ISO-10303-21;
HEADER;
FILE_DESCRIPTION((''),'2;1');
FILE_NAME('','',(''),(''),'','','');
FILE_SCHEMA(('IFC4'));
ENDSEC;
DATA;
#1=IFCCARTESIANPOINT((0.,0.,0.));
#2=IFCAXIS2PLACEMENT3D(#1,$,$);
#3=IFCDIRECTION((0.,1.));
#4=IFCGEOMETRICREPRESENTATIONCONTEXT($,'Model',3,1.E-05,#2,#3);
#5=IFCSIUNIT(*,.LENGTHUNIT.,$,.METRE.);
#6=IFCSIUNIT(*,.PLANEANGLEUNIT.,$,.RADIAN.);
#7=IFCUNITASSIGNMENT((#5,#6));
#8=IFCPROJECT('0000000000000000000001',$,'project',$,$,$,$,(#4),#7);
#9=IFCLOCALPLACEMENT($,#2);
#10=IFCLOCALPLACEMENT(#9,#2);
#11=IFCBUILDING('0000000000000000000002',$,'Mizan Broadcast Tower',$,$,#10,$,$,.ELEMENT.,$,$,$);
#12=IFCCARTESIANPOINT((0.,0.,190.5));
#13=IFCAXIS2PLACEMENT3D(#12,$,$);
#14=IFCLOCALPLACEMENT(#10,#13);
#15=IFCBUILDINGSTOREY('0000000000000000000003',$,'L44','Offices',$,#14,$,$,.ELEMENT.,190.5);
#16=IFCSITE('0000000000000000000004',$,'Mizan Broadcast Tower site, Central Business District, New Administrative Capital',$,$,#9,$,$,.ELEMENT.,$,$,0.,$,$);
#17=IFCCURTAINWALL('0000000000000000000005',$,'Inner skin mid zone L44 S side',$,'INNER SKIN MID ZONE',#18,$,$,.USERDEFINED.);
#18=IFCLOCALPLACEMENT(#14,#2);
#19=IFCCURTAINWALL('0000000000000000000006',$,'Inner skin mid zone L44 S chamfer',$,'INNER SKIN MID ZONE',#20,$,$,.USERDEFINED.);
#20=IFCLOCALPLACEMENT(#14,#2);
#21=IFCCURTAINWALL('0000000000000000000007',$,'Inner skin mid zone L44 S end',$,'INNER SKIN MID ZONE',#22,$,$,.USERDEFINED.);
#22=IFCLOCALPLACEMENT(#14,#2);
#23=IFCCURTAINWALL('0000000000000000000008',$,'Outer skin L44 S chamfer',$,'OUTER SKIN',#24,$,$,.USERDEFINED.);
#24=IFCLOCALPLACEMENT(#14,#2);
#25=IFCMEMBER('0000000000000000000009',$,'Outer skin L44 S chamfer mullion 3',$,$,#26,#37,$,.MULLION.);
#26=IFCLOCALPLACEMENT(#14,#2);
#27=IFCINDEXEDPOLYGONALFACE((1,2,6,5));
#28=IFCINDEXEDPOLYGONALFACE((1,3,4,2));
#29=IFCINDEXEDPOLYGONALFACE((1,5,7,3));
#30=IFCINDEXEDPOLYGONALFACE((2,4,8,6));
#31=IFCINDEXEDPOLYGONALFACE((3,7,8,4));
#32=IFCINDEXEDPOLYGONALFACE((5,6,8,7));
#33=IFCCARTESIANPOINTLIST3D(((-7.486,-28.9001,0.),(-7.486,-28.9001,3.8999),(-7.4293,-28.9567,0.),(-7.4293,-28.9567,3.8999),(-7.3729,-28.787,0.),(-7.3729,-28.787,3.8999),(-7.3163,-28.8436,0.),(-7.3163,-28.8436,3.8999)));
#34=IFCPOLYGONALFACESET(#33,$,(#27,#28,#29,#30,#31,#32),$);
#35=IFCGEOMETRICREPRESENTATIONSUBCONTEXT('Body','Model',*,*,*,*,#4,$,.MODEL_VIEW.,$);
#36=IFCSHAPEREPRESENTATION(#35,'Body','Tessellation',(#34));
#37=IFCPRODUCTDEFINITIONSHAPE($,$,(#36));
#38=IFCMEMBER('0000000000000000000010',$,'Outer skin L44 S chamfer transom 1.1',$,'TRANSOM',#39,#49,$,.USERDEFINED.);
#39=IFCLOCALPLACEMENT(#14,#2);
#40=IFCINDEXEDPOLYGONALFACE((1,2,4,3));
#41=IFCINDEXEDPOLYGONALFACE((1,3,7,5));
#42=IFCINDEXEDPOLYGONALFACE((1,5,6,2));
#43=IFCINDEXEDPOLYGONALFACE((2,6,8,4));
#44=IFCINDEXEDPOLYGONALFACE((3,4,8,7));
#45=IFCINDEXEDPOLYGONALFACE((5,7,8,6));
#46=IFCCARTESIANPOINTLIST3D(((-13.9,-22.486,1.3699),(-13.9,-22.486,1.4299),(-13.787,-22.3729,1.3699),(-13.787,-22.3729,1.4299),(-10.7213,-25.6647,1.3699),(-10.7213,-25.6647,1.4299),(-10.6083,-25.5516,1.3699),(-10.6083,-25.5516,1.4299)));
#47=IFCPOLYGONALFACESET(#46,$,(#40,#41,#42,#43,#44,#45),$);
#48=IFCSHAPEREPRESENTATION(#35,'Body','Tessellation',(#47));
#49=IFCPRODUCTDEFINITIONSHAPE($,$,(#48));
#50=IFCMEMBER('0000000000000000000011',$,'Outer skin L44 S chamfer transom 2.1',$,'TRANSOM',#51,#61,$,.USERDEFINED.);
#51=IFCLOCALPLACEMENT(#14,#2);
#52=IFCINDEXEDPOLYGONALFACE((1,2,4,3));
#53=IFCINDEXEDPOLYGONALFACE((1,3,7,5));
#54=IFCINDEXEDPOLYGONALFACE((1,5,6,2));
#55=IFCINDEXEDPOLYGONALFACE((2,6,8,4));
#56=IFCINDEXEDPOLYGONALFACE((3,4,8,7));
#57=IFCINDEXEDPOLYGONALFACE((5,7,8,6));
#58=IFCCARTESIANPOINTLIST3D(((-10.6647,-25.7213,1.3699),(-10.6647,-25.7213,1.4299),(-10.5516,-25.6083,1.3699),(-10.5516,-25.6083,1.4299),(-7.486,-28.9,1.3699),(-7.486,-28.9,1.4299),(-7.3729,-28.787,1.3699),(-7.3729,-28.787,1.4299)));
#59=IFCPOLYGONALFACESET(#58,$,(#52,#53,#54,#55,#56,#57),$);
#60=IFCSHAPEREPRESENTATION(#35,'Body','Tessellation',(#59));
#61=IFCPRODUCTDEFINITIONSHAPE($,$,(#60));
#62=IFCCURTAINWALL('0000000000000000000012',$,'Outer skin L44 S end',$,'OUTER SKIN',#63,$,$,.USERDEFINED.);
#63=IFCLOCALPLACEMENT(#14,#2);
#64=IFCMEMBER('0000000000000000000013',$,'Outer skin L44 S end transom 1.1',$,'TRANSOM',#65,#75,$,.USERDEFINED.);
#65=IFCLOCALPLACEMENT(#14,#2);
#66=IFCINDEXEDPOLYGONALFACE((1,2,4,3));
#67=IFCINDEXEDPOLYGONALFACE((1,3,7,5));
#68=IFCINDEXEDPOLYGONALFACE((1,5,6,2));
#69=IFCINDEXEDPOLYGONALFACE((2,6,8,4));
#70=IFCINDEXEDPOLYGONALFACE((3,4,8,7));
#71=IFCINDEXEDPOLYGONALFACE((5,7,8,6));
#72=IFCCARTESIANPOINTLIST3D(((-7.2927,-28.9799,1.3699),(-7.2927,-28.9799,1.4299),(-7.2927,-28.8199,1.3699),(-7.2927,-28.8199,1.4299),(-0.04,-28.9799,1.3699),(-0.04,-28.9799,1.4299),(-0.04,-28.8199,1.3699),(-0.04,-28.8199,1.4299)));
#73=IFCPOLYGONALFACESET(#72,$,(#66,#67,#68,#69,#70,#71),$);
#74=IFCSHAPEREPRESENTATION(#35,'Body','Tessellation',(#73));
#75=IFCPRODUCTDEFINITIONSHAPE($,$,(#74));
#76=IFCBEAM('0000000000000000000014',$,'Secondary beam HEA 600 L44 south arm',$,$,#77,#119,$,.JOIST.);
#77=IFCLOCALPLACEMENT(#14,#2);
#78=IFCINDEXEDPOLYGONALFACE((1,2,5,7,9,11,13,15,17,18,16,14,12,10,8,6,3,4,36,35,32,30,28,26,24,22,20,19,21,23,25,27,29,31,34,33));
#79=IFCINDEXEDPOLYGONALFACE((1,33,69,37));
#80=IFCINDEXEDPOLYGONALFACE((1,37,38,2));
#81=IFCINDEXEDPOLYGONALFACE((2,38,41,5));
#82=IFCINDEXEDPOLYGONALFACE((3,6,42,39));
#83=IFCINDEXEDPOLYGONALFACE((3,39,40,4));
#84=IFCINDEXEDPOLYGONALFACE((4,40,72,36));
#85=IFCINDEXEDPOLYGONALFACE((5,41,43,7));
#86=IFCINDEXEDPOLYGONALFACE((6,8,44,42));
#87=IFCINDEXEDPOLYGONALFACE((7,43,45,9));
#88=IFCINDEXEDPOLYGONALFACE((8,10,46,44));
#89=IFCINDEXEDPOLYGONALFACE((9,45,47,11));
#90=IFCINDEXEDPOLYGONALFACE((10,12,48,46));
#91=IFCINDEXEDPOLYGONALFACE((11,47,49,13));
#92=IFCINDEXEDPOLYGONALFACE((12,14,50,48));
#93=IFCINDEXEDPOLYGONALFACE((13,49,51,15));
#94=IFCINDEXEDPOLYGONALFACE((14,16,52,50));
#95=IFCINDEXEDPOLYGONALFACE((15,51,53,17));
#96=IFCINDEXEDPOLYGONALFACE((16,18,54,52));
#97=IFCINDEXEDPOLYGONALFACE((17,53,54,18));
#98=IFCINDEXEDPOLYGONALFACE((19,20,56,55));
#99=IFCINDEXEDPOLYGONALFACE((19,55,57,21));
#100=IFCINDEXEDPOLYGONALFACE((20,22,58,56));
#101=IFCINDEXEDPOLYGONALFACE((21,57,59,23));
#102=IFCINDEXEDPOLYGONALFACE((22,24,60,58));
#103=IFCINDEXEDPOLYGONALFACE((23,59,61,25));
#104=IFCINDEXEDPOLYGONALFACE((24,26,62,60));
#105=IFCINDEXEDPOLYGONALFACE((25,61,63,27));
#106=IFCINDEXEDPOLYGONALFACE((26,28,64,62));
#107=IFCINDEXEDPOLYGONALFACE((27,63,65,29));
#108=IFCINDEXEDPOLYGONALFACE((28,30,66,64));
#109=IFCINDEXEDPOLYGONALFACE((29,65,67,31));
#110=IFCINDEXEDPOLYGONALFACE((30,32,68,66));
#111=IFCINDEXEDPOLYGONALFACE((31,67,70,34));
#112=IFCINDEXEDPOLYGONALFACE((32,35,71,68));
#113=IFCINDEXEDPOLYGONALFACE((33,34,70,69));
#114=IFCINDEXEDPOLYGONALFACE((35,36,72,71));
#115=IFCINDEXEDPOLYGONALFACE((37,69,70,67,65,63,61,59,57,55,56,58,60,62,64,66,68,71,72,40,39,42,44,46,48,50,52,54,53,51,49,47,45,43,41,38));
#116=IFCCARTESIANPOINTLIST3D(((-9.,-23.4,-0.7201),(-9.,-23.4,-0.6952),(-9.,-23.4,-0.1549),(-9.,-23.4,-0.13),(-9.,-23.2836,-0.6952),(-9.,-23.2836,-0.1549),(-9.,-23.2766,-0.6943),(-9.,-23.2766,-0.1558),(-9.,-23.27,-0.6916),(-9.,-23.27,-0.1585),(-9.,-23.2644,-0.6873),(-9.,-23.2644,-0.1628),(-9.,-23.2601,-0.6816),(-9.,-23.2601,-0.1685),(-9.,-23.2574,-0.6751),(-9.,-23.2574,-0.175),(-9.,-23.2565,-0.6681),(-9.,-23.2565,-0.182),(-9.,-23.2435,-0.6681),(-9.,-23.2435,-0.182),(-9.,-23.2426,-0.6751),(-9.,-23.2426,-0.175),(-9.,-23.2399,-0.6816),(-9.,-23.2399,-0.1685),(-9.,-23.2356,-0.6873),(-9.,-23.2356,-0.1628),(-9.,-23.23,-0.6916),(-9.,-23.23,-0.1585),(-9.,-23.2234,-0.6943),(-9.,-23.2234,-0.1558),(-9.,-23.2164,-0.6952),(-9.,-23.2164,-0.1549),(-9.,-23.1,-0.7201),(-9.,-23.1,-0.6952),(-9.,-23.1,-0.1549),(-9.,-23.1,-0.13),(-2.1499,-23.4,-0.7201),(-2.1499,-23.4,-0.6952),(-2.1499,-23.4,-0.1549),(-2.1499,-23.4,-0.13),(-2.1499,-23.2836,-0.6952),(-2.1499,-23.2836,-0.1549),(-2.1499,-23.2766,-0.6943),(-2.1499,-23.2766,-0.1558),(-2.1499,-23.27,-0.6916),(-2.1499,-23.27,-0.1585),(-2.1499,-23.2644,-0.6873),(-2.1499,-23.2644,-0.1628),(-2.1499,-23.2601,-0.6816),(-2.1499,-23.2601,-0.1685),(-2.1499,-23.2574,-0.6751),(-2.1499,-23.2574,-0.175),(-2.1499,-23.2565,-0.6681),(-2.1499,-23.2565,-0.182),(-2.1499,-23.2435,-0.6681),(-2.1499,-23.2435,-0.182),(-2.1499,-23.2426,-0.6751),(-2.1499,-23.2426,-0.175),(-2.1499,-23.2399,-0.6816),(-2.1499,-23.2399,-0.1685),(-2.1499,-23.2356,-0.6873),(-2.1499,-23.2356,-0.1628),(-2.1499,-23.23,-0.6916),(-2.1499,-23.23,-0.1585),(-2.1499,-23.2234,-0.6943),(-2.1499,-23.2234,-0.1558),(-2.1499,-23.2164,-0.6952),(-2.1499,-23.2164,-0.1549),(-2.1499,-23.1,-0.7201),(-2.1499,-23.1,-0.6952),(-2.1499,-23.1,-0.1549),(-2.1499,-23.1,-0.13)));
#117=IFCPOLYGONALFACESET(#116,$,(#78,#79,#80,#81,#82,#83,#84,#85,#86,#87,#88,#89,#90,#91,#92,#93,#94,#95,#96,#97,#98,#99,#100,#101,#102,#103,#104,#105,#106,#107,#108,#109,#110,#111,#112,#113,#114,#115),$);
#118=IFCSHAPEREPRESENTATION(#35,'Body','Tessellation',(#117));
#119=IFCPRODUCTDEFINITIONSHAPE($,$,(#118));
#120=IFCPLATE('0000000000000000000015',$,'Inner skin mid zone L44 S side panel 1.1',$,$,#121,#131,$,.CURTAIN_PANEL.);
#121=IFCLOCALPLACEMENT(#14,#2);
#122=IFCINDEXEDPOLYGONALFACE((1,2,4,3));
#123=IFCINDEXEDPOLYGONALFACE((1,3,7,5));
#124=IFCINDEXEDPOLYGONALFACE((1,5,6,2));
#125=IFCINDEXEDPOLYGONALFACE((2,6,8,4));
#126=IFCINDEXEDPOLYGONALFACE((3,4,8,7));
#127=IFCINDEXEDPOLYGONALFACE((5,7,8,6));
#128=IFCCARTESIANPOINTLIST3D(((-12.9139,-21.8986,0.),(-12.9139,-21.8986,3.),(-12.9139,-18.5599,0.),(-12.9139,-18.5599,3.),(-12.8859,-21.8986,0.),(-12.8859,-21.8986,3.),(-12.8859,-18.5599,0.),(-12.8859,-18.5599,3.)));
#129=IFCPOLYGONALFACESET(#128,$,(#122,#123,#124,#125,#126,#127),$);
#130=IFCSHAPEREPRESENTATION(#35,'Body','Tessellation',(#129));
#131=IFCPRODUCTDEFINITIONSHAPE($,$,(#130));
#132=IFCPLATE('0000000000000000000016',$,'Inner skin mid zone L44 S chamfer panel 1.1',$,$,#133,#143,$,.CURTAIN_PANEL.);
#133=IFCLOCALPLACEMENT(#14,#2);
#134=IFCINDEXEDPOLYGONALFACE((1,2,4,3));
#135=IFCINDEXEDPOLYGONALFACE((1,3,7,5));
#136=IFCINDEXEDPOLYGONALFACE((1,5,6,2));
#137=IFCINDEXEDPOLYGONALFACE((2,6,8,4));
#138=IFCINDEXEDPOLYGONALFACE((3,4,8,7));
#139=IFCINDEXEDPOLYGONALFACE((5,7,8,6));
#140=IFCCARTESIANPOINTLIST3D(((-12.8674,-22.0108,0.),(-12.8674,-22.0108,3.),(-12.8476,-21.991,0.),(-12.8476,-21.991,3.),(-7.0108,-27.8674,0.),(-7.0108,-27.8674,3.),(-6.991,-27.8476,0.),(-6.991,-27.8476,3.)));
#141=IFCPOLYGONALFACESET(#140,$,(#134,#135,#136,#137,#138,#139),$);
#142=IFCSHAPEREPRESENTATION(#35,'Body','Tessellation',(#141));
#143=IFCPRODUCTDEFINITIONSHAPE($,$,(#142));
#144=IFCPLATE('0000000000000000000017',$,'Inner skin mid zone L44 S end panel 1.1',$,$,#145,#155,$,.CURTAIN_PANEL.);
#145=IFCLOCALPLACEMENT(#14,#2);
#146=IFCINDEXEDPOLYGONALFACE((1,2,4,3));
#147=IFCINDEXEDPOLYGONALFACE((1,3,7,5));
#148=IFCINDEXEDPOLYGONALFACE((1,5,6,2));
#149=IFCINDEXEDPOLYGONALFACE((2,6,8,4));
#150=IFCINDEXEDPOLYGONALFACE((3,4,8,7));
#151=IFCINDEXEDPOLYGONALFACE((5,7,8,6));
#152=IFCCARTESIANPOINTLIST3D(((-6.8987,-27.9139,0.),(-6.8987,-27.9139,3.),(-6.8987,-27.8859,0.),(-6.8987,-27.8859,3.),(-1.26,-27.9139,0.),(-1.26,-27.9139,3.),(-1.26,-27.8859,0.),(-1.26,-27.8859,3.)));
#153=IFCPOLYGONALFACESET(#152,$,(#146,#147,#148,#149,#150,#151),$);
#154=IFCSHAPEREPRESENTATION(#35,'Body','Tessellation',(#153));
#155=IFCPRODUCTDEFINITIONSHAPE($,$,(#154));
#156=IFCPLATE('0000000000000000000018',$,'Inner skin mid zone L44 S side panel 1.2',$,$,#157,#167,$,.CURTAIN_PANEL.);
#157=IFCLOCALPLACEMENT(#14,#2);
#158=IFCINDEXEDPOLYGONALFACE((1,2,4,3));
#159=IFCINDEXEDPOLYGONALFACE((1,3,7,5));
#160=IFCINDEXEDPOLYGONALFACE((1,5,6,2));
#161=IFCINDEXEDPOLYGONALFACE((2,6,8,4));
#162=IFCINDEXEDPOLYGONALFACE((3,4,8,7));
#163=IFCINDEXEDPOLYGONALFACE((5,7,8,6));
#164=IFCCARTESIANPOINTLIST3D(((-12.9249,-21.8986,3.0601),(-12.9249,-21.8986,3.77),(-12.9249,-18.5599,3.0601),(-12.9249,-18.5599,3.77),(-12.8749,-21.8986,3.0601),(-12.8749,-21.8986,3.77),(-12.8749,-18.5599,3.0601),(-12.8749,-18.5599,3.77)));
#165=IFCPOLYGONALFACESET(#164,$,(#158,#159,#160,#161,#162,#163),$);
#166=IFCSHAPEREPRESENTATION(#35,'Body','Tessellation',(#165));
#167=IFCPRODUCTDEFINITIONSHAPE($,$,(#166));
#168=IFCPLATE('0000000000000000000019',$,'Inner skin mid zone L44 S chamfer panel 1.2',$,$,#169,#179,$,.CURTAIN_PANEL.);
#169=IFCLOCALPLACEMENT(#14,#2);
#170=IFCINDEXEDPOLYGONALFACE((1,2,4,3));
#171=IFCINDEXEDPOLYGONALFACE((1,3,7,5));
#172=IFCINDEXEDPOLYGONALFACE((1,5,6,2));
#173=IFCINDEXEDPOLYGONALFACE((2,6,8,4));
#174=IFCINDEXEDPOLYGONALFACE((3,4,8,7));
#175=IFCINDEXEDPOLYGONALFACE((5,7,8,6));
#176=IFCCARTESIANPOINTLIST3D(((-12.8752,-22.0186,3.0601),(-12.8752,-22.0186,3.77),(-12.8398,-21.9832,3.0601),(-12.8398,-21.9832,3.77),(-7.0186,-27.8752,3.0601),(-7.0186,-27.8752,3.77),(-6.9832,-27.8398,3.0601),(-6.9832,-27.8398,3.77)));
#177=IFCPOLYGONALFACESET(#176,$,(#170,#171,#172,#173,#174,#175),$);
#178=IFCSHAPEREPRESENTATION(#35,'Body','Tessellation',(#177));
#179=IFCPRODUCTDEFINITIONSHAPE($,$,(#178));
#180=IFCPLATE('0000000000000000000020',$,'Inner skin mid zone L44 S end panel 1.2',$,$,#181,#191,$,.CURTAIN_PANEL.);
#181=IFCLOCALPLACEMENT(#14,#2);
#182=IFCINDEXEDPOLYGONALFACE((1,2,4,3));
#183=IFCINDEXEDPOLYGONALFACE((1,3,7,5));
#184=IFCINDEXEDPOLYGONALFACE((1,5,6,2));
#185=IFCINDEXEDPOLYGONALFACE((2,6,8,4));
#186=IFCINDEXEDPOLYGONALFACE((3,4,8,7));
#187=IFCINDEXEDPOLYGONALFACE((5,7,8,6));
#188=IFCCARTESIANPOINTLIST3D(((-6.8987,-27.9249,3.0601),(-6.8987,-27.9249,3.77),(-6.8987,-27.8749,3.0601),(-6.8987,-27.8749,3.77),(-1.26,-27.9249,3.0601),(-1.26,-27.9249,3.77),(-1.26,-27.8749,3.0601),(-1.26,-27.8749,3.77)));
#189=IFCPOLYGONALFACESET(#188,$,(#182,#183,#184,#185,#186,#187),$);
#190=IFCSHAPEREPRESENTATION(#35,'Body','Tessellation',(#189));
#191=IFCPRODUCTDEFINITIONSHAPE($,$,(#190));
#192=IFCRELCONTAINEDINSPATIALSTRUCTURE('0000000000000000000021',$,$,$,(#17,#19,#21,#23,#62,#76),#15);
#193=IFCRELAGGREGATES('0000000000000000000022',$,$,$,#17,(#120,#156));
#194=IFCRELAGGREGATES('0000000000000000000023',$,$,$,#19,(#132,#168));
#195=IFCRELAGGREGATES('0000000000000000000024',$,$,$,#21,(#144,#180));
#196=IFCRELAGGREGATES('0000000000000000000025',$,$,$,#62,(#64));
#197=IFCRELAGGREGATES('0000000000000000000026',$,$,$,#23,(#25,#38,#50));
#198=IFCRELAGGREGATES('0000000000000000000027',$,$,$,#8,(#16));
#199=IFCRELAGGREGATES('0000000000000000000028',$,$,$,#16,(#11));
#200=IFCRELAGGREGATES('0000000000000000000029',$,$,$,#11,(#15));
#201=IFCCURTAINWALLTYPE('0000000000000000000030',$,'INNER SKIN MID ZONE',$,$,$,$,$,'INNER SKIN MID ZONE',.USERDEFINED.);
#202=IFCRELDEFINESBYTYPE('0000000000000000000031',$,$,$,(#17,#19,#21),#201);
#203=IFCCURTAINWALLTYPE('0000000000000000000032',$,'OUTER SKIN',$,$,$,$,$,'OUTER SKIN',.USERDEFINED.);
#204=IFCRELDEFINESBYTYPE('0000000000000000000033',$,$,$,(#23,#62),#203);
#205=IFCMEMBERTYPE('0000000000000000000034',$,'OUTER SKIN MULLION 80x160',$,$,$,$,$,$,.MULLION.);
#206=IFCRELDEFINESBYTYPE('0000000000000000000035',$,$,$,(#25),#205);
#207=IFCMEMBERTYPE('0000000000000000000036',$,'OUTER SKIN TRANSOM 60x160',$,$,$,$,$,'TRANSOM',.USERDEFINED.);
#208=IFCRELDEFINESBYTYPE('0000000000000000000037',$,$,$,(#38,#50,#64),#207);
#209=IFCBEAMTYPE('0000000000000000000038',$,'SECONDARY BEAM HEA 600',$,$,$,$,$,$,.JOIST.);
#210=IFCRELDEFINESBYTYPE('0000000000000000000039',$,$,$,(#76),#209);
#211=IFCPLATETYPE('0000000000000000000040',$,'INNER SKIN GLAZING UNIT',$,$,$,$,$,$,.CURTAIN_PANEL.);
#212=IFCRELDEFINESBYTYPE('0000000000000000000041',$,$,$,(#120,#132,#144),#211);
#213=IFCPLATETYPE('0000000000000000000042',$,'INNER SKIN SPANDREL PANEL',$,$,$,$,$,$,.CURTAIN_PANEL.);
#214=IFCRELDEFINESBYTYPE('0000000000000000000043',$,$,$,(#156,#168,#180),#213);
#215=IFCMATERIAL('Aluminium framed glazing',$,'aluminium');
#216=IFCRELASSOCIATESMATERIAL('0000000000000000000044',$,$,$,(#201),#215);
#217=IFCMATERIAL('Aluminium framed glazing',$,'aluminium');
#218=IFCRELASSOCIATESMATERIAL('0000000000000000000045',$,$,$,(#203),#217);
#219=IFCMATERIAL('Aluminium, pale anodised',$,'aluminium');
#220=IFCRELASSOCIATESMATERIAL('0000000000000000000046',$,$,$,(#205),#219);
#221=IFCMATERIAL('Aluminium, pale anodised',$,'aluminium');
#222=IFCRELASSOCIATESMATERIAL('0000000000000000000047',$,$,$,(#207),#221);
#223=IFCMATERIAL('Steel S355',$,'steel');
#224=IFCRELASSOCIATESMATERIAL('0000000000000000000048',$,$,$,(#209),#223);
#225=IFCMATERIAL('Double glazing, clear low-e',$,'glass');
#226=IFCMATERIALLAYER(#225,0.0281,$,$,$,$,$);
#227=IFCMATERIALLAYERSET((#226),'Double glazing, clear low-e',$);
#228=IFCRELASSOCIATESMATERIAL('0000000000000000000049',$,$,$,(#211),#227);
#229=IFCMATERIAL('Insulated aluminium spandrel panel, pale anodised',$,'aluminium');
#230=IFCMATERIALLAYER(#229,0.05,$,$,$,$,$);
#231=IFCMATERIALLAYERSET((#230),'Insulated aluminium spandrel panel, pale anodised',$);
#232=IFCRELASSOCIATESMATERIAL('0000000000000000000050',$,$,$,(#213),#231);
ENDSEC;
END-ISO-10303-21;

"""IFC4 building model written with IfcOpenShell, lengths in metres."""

from ifc_helpers import new_model, si_unit, direction, frame, origin, origin_2d, place, context, subcontext, project, spatial, rectangle, i_section, extrude, material, layer, layer_set, material_profile, profile_set, type_object, element, aggregate, save


model = new_model("IFC4")

# Units and contexts
model_context = context("Model", 3, precision=1e-05, world=origin(), true_north=direction((0.0, 1.0)))
body_context = subcontext(model_context, "Body", "Model", "MODEL_VIEW")
ifc_project = project(units=[si_unit("LENGTHUNIT", "METRE"), si_unit("PLANEANGLEUNIT", "RADIAN")], contexts=[model_context])

# Site, building, storey
site_placement = place(None, origin())
site = spatial("IfcSite", under=ifc_project, at=site_placement, Name="Mizan Broadcast Tower site, Central Business District, New Administrative Capital", CompositionType="ELEMENT", RefElevation=0.0)
building_placement = place(site_placement, origin())
building = spatial("IfcBuilding", under=site, at=building_placement, Name="Mizan Broadcast Tower", CompositionType="ELEMENT")
storey_placement = place(building_placement, frame((0.0, 0.0, 190.5)))
storey = spatial("IfcBuildingStorey", under=building, at=storey_placement, Name="L44", Description="Offices", CompositionType="ELEMENT", Elevation=190.5)

# Curtain walls
ifc_material_1 = material(Name="Aluminium framed glazing", Category="aluminium")
curtain_wall_type_1 = type_object("IfcCurtainWallType", Name="INNER SKIN MID ZONE", ElementType="INNER SKIN MID ZONE", PredefinedType="USERDEFINED", material=ifc_material_1)
curtain_wall_1_placement = place(storey_placement, origin())
curtain_wall_1 = element("IfcCurtainWall", 1, at=curtain_wall_1_placement, inside=storey, type_object=curtain_wall_type_1, Name="Inner skin mid zone L44 S side", ObjectType="INNER SKIN MID ZONE", PredefinedType="USERDEFINED")
curtain_wall_2_placement = place(storey_placement, origin())
curtain_wall_2 = element("IfcCurtainWall", 2, at=curtain_wall_2_placement, inside=storey, type_object=curtain_wall_type_1, Name="Inner skin mid zone L44 S chamfer", ObjectType="INNER SKIN MID ZONE", PredefinedType="USERDEFINED")
curtain_wall_3_placement = place(storey_placement, origin())
curtain_wall_3 = element("IfcCurtainWall", 3, at=curtain_wall_3_placement, inside=storey, type_object=curtain_wall_type_1, Name="Inner skin mid zone L44 S end", ObjectType="INNER SKIN MID ZONE", PredefinedType="USERDEFINED")

# Curtain wall, members
ifc_material_2 = material(Name="Aluminium framed glazing", Category="aluminium")
curtain_wall_type_2 = type_object("IfcCurtainWallType", Name="OUTER SKIN", ElementType="OUTER SKIN", PredefinedType="USERDEFINED", material=ifc_material_2)
curtain_wall_4_placement = place(storey_placement, origin())
curtain_wall_4 = element("IfcCurtainWall", 4, at=curtain_wall_4_placement, inside=storey, type_object=curtain_wall_type_2, Name="Outer skin L44 S chamfer", ObjectType="OUTER SKIN", PredefinedType="USERDEFINED")
ifc_material_3 = material(Name="Aluminium, pale anodised", Category="aluminium")
ifc_material_profile_1 = material_profile(ifc_material_3, rectangle(XDim=0.1599, YDim=0.0801, at=origin_2d()), Name="MULLION 160x80")
ifc_profile_set_1 = profile_set([ifc_material_profile_1], Name="Aluminium, pale anodised")
member_type_1 = type_object("IfcMemberType", Name="OUTER SKIN MULLION 80x160", PredefinedType="MULLION", material=ifc_profile_set_1)
member_1_placement = place(storey_placement, frame((-7.4011, -28.8718, 0.0), z_axis=(0.0, 0.0, 1.0), x_axis=(0.707107, 0.707107, 0.0)))
member_1 = element("IfcMember", 5, at=member_1_placement, type_object=member_type_1, Name="Outer skin L44 S chamfer mullion 3", PredefinedType="MULLION", context=body_context, shape_type="SweptSolid", body=[
    extrude(rectangle(XDim=0.1599, YDim=0.0801, at=origin_2d()), origin(), (0.0, 0.0, 1.0), 3.8999),
])
ifc_material_4 = material(Name="Aluminium, pale anodised", Category="aluminium")
ifc_material_profile_2 = material_profile(ifc_material_4, rectangle(XDim=0.1599, YDim=0.0601, at=origin_2d()), Name="TRANSOM 160x60")
ifc_profile_set_2 = profile_set([ifc_material_profile_2], Name="Aluminium, pale anodised")
member_type_2 = type_object("IfcMemberType", Name="OUTER SKIN TRANSOM 60x160", ElementType="TRANSOM", PredefinedType="USERDEFINED", material=ifc_profile_set_2)
member_2_placement = place(storey_placement, frame((-13.8435, -22.4294, 1.3999), z_axis=(0.707107, -0.707107, 0.0), x_axis=(0.707107, 0.707107, 0.0)))
member_2 = element("IfcMember", 6, at=member_2_placement, type_object=member_type_2, Name="Outer skin L44 S chamfer transom 1.1", ObjectType="TRANSOM", PredefinedType="USERDEFINED", context=body_context, shape_type="SweptSolid", body=[
    extrude(rectangle(XDim=0.1599, YDim=0.0601, at=origin_2d()), origin(), (0.0, 0.0, 1.0), 4.4954),
])
member_3_placement = place(storey_placement, frame((-10.6082, -25.6648, 1.3999), z_axis=(0.707107, -0.707107, 0.0), x_axis=(0.707107, 0.707107, 0.0)))
member_3 = element("IfcMember", 7, at=member_3_placement, type_object=member_type_2, Name="Outer skin L44 S chamfer transom 2.1", ObjectType="TRANSOM", PredefinedType="USERDEFINED", context=body_context, shape_type="SweptSolid", body=[
    extrude(rectangle(XDim=0.1599, YDim=0.0601, at=origin_2d()), origin(), (0.0, 0.0, 1.0), 4.4954),
])

# Curtain wall, member
curtain_wall_5_placement = place(storey_placement, origin())
curtain_wall_5 = element("IfcCurtainWall", 8, at=curtain_wall_5_placement, inside=storey, type_object=curtain_wall_type_2, Name="Outer skin L44 S end", ObjectType="OUTER SKIN", PredefinedType="USERDEFINED")
member_4_placement = place(storey_placement, frame((-7.2927, -28.8999, 1.3999), z_axis=(1.0, 0.0, 0.0), x_axis=(0.0, 1.0, 0.0)))
member_4 = element("IfcMember", 9, at=member_4_placement, type_object=member_type_2, Name="Outer skin L44 S end transom 1.1", ObjectType="TRANSOM", PredefinedType="USERDEFINED", context=body_context, shape_type="SweptSolid", body=[
    extrude(rectangle(XDim=0.1599, YDim=0.0601, at=origin_2d()), origin(), (0.0, 0.0, 1.0), 7.2527),
])

# Beam
ifc_material_5 = material(Name="Steel S355", Category="steel")
ifc_material_profile_3 = material_profile(ifc_material_5, i_section(OverallWidth=0.3, OverallDepth=0.5901, WebThickness=0.0129, FlangeThickness=0.0249, FilletRadius=0.0271, at=origin_2d()), Name="HEA 600")
ifc_profile_set_3 = profile_set([ifc_material_profile_3], Name="Steel S355")
beam_type_1 = type_object("IfcBeamType", Name="SECONDARY BEAM HEA 600", PredefinedType="JOIST", material=ifc_profile_set_3)
beam_1_placement = place(storey_placement, frame((-9.0, -23.25, -0.425), z_axis=(1.0, 0.0, 0.0), x_axis=(0.0, 1.0, 0.0)))
element("IfcBeam", 10, at=beam_1_placement, inside=storey, type_object=beam_type_1, Name="Secondary beam HEA 600 L44 south arm", PredefinedType="JOIST", context=body_context, shape_type="SweptSolid", body=[
    extrude(i_section(OverallWidth=0.3, OverallDepth=0.5901, WebThickness=0.0129, FlangeThickness=0.0249, FilletRadius=0.0271, at=origin_2d()), origin(), (0.0, 0.0, 1.0), 6.8501),
])

# Plates
ifc_material_6 = material(Name="Double glazing, clear low-e", Category="glass")
ifc_layer_1 = layer(ifc_material_6, 0.0281)
ifc_layer_set_1 = layer_set([ifc_layer_1], Name="Double glazing, clear low-e")
plate_type_1 = type_object("IfcPlateType", Name="INNER SKIN GLAZING UNIT", PredefinedType="CURTAIN_PANEL", material=ifc_layer_set_1)
plate_1_placement = place(storey_placement, frame((-12.8999, -20.2292, 0.0), z_axis=(0.0, 0.0, 1.0), x_axis=(0.0, -1.0, 0.0)))
plate_1 = element("IfcPlate", 11, at=plate_1_placement, type_object=plate_type_1, Name="Inner skin mid zone L44 S side panel 1.1", PredefinedType="CURTAIN_PANEL", context=body_context, shape_type="SweptSolid", body=[
    extrude(rectangle(XDim=3.3386, YDim=0.0281, at=origin_2d()), origin(), (0.0, 0.0, 1.0), 3.0),
])
plate_2_placement = place(storey_placement, frame((-9.9292, -24.9292, 0.0), z_axis=(0.0, 0.0, 1.0), x_axis=(0.707107, -0.707107, 0.0)))
plate_2 = element("IfcPlate", 12, at=plate_2_placement, type_object=plate_type_1, Name="Inner skin mid zone L44 S chamfer panel 1.1", PredefinedType="CURTAIN_PANEL", context=body_context, shape_type="SweptSolid", body=[
    extrude(rectangle(XDim=8.2825, YDim=0.0281, at=origin_2d()), origin(), (0.0, 0.0, 1.0), 3.0),
])
plate_3_placement = place(storey_placement, frame((-4.0793, -27.8999, 0.0), z_axis=(0.0, 0.0, 1.0), x_axis=(1.0, 0.0, 0.0)))
plate_3 = element("IfcPlate", 13, at=plate_3_placement, type_object=plate_type_1, Name="Inner skin mid zone L44 S end panel 1.1", PredefinedType="CURTAIN_PANEL", context=body_context, shape_type="SweptSolid", body=[
    extrude(rectangle(XDim=5.6387, YDim=0.0281, at=origin_2d()), origin(), (0.0, 0.0, 1.0), 3.0),
])
ifc_material_7 = material(Name="Insulated aluminium spandrel panel, pale anodised", Category="aluminium")
ifc_layer_2 = layer(ifc_material_7, 0.05)
ifc_layer_set_2 = layer_set([ifc_layer_2], Name="Insulated aluminium spandrel panel, pale anodised")
plate_type_2 = type_object("IfcPlateType", Name="INNER SKIN SPANDREL PANEL", PredefinedType="CURTAIN_PANEL", material=ifc_layer_set_2)
plate_4_placement = place(storey_placement, frame((-12.8999, -20.2292, 3.0601), z_axis=(0.0, 0.0, 1.0), x_axis=(0.0, -1.0, 0.0)))
plate_4 = element("IfcPlate", 14, at=plate_4_placement, type_object=plate_type_2, Name="Inner skin mid zone L44 S side panel 1.2", PredefinedType="CURTAIN_PANEL", context=body_context, shape_type="SweptSolid", body=[
    extrude(rectangle(XDim=3.3386, YDim=0.05, at=origin_2d()), origin(), (0.0, 0.0, 1.0), 0.71),
])
aggregate(curtain_wall_1, [plate_1, plate_4])
plate_5_placement = place(storey_placement, frame((-9.9292, -24.9292, 3.0601), z_axis=(0.0, 0.0, 1.0), x_axis=(0.707107, -0.707107, 0.0)))
plate_5 = element("IfcPlate", 15, at=plate_5_placement, type_object=plate_type_2, Name="Inner skin mid zone L44 S chamfer panel 1.2", PredefinedType="CURTAIN_PANEL", context=body_context, shape_type="SweptSolid", body=[
    extrude(rectangle(XDim=8.2825, YDim=0.05, at=origin_2d()), origin(), (0.0, 0.0, 1.0), 0.71),
])
aggregate(curtain_wall_2, [plate_2, plate_5])
plate_6_placement = place(storey_placement, frame((-4.0793, -27.8999, 3.0601), z_axis=(0.0, 0.0, 1.0), x_axis=(1.0, 0.0, 0.0)))
plate_6 = element("IfcPlate", 16, at=plate_6_placement, type_object=plate_type_2, Name="Inner skin mid zone L44 S end panel 1.2", PredefinedType="CURTAIN_PANEL", context=body_context, shape_type="SweptSolid", body=[
    extrude(rectangle(XDim=5.6387, YDim=0.05, at=origin_2d()), origin(), (0.0, 0.0, 1.0), 0.71),
])
aggregate(curtain_wall_3, [plate_3, plate_6])

aggregate(curtain_wall_5, [member_4])
aggregate(curtain_wall_4, [member_1, member_2, member_3])

save(model, "model.ifc")
